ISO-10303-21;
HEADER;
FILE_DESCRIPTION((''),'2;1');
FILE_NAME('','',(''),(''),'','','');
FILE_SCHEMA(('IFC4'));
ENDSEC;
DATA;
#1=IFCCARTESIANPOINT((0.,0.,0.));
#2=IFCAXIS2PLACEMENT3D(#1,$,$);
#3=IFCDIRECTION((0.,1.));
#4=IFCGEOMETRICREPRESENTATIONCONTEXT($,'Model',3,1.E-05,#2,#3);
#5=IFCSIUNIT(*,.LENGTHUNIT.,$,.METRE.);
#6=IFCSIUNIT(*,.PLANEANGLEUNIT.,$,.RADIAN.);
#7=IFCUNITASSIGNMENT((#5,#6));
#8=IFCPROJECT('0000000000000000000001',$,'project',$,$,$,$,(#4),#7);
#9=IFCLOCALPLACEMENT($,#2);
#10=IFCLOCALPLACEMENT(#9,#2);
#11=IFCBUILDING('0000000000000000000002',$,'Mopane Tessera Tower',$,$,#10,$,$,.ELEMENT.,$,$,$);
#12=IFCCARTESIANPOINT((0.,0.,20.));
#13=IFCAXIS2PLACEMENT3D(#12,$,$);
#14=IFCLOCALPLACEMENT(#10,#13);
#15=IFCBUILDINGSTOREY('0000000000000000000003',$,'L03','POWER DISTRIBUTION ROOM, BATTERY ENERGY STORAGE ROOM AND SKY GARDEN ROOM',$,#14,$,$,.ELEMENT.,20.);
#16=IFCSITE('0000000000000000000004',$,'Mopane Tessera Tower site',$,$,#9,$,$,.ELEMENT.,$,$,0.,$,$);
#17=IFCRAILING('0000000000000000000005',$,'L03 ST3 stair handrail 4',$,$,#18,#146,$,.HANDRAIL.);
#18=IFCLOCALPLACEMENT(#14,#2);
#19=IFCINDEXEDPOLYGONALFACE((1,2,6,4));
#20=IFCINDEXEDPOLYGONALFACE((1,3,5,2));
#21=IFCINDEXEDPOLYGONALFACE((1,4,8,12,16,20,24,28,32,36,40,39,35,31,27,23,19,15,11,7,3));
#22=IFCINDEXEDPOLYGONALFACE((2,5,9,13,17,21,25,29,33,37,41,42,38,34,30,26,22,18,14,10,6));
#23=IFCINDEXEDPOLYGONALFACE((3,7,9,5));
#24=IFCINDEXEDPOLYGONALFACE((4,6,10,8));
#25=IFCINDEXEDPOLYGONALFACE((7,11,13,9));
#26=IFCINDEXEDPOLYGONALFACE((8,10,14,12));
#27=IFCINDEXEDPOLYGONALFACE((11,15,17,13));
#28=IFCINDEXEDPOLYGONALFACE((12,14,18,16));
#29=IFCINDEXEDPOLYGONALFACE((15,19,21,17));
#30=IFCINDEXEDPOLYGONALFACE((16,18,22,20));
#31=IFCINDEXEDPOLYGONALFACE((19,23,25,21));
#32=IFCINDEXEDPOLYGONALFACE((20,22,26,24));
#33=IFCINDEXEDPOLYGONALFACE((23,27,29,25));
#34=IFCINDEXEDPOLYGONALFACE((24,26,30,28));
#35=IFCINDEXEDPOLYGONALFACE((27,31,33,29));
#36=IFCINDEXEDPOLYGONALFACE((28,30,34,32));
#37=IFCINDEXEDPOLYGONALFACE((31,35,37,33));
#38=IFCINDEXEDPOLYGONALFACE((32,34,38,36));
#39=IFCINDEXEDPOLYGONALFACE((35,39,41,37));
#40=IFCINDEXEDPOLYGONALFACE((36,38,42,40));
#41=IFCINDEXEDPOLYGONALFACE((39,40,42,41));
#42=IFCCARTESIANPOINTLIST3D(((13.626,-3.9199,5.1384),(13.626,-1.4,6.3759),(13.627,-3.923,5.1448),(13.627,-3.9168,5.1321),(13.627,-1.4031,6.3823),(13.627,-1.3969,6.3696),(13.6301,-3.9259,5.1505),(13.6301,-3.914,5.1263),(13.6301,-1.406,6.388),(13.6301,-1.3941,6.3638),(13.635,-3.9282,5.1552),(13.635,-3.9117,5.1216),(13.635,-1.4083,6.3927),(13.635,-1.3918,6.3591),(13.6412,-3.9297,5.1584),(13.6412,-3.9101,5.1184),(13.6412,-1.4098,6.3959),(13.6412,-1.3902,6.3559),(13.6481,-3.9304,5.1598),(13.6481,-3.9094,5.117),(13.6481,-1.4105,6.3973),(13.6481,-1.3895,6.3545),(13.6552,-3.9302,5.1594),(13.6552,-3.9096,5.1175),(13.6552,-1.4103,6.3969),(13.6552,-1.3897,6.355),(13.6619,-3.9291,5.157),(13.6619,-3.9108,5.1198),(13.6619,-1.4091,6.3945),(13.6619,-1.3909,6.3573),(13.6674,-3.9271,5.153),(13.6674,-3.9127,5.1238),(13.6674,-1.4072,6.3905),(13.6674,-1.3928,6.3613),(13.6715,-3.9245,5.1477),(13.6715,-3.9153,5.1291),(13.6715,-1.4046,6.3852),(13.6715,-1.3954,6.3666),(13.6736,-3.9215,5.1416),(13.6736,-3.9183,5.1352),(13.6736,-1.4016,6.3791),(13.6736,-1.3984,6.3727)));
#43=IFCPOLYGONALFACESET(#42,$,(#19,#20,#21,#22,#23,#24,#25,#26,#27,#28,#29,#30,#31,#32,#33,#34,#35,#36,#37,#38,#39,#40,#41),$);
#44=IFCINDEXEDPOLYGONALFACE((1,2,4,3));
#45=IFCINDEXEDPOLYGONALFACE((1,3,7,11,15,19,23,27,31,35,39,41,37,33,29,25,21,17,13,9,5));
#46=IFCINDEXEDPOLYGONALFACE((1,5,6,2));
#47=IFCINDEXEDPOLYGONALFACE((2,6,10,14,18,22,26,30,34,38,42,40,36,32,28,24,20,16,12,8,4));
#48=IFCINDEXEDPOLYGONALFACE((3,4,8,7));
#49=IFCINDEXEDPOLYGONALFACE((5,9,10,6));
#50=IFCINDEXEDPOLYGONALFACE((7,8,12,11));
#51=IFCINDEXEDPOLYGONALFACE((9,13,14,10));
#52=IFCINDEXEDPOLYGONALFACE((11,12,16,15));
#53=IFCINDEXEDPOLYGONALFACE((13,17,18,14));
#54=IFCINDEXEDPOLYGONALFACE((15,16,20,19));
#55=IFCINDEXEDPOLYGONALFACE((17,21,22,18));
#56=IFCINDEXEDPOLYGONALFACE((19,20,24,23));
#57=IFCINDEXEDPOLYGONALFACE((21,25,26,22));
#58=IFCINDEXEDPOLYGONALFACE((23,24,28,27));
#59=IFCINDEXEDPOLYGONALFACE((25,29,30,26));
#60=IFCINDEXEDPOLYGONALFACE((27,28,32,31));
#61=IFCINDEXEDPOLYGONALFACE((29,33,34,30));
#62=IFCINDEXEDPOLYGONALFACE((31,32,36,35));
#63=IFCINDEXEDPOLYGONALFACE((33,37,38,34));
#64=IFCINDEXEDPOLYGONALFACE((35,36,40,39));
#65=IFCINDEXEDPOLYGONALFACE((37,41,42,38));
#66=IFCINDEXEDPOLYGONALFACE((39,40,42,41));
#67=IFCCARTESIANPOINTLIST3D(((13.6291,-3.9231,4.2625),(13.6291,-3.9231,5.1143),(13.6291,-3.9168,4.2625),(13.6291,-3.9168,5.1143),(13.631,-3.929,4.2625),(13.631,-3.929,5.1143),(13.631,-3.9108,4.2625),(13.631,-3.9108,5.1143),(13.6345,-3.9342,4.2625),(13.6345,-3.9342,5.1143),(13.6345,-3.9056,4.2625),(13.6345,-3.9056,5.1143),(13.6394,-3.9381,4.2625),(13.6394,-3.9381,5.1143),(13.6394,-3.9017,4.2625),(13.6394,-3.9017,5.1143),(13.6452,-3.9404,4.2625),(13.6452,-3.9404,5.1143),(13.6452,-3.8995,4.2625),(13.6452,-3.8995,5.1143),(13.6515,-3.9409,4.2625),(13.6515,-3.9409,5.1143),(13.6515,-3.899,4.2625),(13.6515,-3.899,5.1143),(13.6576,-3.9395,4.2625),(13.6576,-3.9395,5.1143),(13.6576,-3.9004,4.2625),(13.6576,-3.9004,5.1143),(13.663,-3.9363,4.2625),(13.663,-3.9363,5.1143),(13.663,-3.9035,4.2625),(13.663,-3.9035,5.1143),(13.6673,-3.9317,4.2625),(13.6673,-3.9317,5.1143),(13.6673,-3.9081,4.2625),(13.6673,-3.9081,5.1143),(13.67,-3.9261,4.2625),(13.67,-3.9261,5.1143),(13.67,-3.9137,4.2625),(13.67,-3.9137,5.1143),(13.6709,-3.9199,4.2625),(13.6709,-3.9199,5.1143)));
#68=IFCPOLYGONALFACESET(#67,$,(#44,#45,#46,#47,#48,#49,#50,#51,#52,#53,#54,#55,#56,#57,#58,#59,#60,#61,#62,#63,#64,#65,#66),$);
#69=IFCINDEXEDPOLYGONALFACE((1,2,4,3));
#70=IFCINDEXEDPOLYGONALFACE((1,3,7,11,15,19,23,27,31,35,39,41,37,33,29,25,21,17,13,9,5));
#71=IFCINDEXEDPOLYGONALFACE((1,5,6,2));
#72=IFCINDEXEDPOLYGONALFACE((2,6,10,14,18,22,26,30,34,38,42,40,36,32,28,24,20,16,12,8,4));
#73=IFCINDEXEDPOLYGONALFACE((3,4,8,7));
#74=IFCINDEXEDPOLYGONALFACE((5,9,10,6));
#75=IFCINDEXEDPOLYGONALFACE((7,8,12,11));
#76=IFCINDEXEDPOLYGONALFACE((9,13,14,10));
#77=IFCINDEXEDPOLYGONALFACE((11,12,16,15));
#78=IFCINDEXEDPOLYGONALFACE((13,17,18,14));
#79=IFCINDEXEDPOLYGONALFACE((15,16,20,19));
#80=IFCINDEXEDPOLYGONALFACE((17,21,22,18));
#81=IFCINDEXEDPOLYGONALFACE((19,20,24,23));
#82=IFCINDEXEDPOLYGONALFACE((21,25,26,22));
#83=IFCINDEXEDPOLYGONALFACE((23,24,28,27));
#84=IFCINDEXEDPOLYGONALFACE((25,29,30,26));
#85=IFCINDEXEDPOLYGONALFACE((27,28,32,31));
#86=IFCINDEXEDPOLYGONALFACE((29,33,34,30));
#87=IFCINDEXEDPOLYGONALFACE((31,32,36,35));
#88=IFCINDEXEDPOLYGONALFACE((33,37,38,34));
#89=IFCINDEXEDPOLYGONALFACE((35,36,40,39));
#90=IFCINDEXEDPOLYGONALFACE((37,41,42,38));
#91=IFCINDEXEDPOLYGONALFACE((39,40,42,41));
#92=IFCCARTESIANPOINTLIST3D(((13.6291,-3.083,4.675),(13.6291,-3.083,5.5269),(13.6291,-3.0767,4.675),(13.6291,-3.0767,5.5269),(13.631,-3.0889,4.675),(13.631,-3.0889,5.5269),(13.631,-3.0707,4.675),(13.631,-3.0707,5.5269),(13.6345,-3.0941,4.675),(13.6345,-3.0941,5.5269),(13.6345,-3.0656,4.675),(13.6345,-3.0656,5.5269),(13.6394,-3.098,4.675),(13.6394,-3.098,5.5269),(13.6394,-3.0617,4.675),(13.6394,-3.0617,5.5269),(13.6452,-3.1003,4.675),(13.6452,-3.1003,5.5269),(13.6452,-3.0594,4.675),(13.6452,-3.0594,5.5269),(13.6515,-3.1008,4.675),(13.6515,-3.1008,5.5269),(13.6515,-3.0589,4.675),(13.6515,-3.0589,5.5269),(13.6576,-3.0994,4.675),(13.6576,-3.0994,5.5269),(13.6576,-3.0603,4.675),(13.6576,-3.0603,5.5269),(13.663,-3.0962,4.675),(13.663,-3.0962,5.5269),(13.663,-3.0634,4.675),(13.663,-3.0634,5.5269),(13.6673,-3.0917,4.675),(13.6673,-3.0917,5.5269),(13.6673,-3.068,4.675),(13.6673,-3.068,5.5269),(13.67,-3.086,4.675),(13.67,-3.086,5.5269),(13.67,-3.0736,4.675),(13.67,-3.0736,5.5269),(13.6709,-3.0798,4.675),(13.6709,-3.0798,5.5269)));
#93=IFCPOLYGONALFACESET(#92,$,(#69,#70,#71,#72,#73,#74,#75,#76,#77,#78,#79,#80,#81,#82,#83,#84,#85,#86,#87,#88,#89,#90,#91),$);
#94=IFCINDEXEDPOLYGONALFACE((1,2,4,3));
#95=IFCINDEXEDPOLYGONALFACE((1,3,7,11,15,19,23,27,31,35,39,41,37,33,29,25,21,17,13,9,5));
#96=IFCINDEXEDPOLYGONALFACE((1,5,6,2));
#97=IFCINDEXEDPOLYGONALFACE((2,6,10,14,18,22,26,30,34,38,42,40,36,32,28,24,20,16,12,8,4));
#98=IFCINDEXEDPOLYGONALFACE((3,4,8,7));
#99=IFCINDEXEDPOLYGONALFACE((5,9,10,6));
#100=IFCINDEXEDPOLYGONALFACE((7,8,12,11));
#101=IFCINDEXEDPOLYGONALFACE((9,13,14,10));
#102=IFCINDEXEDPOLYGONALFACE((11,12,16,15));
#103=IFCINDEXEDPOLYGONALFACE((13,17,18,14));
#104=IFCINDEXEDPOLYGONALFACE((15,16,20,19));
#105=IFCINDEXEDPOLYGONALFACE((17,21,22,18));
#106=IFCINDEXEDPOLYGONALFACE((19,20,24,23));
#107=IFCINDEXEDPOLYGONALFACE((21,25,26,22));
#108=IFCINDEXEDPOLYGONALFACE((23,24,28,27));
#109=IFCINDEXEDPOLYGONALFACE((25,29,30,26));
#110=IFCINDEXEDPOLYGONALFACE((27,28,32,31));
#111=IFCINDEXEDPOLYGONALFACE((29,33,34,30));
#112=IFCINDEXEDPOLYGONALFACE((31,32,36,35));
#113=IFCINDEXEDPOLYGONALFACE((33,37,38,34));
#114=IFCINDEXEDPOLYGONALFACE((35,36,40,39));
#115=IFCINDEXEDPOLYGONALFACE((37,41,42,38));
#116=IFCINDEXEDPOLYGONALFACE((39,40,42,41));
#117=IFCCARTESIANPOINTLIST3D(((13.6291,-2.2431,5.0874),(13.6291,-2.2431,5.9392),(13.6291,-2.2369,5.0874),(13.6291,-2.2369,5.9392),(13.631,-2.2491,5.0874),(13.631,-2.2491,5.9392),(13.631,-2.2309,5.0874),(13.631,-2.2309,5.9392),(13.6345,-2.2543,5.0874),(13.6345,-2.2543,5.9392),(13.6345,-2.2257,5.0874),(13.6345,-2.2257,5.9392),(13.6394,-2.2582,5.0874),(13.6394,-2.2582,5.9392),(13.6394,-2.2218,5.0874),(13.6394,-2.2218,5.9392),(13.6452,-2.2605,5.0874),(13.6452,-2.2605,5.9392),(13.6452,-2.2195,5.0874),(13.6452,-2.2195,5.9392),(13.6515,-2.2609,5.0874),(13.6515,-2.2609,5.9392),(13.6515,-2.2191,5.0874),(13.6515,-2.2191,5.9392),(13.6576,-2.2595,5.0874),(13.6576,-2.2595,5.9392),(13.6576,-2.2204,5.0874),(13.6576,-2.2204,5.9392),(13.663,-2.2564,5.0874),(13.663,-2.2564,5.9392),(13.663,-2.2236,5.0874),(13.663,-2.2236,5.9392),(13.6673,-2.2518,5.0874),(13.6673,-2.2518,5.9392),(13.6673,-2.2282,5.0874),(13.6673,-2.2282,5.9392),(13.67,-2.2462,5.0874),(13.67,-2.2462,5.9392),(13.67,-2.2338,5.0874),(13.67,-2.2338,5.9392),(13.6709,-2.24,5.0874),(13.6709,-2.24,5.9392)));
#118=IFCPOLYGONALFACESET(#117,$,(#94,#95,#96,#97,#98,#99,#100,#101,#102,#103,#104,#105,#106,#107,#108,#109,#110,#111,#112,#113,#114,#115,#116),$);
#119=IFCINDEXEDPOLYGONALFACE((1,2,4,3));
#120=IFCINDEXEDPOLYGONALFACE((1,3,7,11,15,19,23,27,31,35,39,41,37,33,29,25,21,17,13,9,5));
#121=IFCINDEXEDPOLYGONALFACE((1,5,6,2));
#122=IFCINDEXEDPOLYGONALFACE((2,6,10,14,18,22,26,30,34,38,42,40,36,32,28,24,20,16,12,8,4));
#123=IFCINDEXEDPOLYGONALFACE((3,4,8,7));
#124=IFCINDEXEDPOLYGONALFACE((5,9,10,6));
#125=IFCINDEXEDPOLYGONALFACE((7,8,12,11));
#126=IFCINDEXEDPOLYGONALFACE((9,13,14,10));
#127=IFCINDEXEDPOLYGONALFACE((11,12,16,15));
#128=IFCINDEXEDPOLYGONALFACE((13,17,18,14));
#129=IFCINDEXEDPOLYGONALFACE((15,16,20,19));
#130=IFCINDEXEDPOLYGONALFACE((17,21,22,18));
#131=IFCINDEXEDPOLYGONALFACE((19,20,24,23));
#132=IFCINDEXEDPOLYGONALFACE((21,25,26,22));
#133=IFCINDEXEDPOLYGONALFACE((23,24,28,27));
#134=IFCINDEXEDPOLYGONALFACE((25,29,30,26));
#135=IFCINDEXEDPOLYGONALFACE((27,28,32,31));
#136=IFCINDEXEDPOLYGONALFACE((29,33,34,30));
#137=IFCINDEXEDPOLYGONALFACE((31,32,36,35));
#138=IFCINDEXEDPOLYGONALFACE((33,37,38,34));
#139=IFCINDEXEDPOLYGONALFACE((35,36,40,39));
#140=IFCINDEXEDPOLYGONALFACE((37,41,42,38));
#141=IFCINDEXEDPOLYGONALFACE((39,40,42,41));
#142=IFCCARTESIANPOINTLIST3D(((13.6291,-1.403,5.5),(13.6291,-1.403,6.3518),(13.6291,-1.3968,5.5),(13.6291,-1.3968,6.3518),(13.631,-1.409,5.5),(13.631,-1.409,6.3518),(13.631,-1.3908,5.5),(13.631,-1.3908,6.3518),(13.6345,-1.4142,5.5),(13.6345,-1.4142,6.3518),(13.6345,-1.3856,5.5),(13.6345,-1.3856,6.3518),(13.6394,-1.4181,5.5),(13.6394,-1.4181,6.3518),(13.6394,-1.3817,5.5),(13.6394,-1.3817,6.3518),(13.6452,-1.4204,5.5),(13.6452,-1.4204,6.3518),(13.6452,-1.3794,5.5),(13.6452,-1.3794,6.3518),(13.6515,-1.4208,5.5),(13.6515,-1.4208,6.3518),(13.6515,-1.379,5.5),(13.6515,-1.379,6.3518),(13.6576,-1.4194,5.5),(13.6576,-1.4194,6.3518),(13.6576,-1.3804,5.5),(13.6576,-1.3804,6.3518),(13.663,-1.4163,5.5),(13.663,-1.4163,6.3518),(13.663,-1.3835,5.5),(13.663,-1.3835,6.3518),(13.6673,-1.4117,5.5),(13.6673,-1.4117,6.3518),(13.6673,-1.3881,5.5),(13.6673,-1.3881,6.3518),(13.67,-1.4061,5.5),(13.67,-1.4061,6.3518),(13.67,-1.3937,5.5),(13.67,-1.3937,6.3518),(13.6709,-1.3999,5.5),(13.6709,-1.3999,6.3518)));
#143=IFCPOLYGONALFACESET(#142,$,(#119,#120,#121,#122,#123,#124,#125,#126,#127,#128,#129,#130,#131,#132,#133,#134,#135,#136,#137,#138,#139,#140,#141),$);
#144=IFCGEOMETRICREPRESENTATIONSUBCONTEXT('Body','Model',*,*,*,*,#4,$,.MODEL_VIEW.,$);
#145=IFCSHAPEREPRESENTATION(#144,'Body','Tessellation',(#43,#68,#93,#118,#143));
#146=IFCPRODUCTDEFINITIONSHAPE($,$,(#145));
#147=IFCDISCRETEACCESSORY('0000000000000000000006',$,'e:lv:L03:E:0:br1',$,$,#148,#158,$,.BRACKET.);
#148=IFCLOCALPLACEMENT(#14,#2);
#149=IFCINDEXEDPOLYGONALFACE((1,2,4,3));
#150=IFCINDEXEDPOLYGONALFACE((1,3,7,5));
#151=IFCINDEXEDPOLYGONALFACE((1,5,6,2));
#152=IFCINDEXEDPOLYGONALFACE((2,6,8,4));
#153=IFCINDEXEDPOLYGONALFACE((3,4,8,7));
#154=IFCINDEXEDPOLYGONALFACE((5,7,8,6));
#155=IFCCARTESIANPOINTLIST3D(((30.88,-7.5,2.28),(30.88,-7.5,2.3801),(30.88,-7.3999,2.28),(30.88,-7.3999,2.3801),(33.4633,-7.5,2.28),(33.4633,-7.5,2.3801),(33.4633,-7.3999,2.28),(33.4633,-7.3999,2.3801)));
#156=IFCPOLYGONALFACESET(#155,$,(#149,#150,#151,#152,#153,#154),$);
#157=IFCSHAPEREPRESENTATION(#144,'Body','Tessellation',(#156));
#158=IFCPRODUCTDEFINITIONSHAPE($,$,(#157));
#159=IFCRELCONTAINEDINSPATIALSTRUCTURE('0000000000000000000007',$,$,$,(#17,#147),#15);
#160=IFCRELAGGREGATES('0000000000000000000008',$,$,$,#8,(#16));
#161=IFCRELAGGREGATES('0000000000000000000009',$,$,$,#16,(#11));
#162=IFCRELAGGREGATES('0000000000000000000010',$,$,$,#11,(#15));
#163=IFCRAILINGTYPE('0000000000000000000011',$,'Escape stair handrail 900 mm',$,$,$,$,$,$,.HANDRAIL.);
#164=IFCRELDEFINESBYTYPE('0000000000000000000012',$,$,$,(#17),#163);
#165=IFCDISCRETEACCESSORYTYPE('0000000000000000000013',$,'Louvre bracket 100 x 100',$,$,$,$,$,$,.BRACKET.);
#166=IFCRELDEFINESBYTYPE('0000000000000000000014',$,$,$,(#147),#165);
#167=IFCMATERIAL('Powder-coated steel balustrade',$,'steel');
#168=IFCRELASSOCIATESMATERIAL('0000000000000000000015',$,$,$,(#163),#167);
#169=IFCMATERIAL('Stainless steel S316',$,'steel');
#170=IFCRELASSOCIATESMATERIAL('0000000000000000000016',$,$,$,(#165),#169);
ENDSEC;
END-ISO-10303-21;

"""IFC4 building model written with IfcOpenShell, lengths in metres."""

from ifc_helpers import new_model, si_unit, direction, frame, origin, origin_2d, place, context, subcontext, project, spatial, rectangle, circle, extrude, material, type_object, element, save


model = new_model("IFC4")

# Units and contexts
model_context = context("Model", 3, precision=1e-05, world=origin(), true_north=direction((0.0, 1.0)))
body_context = subcontext(model_context, "Body", "Model", "MODEL_VIEW")
ifc_project = project(units=[si_unit("LENGTHUNIT", "METRE"), si_unit("PLANEANGLEUNIT", "RADIAN")], contexts=[model_context])

# Site, building, storey
site_placement = place(None, origin())
site = spatial("IfcSite", under=ifc_project, at=site_placement, Name="Mopane Tessera Tower site", CompositionType="ELEMENT", RefElevation=0.0)
building_placement = place(site_placement, origin())
building = spatial("IfcBuilding", under=site, at=building_placement, Name="Mopane Tessera Tower", CompositionType="ELEMENT")
storey_placement = place(building_placement, frame((0.0, 0.0, 20.0)))
storey = spatial("IfcBuildingStorey", under=building, at=storey_placement, Name="L03", Description="POWER DISTRIBUTION ROOM, BATTERY ENERGY STORAGE ROOM AND SKY GARDEN ROOM", CompositionType="ELEMENT", Elevation=20.0)

# Railing
ifc_material_1 = material(Name="Powder-coated steel balustrade", Category="steel")
railing_type_1 = type_object("IfcRailingType", Name="Escape stair handrail 900 mm", PredefinedType="HANDRAIL", material=ifc_material_1)
railing_1_placement = place(storey_placement, frame((13.6499, -3.9199, 4.2625)))
element("IfcRailing", 1, at=railing_1_placement, inside=storey, type_object=railing_type_1, Name="L03 ST3 stair handrail 4", PredefinedType="HANDRAIL", context=body_context, shape_type="SweptSolid", body=[
    extrude(circle(Radius=0.0239, at=origin_2d()), frame((0.0, 0.0, 0.876), z_axis=(0.0, 0.897604, 0.440802), x_axis=(-1.0, 0.0, 0.0)), (0.0, 0.0, 1.0), 2.8074),
    extrude(circle(Radius=0.021, at=origin_2d()), origin(), (0.0, 0.0, 1.0), 0.8518),
    extrude(circle(Radius=0.021, at=origin_2d()), frame((0.0, 0.8401, 0.4126)), (0.0, 0.0, 1.0), 0.8518),
    extrude(circle(Radius=0.021, at=origin_2d()), frame((0.0, 1.6799, 0.825)), (0.0, 0.0, 1.0), 0.8518),
    extrude(circle(Radius=0.021, at=origin_2d()), frame((0.0, 2.52, 1.2375)), (0.0, 0.0, 1.0), 0.8518),
])

# Discrete accessory
ifc_material_2 = material(Name="Stainless steel S316", Category="steel")
discrete_accessory_type = type_object("IfcDiscreteAccessoryType", Name="Louvre bracket 100 x 100", PredefinedType="BRACKET", material=ifc_material_2)
discrete_accessory_placement = place(storey_placement, frame((32.1716, -7.45, 2.28), z_axis=(0.0, 0.0, 1.0), x_axis=(1.0, 0.0, 0.0)))
element("IfcDiscreteAccessory", 2, at=discrete_accessory_placement, inside=storey, type_object=discrete_accessory_type, Name="e:lv:L03:E:0:br1", PredefinedType="BRACKET", context=body_context, shape_type="SweptSolid", body=[
    extrude(rectangle(XDim=2.5833, YDim=0.1001, at=origin_2d()), origin(), (0.0, 0.0, 1.0), 0.1001),
])

save(model, "model.ifc")
